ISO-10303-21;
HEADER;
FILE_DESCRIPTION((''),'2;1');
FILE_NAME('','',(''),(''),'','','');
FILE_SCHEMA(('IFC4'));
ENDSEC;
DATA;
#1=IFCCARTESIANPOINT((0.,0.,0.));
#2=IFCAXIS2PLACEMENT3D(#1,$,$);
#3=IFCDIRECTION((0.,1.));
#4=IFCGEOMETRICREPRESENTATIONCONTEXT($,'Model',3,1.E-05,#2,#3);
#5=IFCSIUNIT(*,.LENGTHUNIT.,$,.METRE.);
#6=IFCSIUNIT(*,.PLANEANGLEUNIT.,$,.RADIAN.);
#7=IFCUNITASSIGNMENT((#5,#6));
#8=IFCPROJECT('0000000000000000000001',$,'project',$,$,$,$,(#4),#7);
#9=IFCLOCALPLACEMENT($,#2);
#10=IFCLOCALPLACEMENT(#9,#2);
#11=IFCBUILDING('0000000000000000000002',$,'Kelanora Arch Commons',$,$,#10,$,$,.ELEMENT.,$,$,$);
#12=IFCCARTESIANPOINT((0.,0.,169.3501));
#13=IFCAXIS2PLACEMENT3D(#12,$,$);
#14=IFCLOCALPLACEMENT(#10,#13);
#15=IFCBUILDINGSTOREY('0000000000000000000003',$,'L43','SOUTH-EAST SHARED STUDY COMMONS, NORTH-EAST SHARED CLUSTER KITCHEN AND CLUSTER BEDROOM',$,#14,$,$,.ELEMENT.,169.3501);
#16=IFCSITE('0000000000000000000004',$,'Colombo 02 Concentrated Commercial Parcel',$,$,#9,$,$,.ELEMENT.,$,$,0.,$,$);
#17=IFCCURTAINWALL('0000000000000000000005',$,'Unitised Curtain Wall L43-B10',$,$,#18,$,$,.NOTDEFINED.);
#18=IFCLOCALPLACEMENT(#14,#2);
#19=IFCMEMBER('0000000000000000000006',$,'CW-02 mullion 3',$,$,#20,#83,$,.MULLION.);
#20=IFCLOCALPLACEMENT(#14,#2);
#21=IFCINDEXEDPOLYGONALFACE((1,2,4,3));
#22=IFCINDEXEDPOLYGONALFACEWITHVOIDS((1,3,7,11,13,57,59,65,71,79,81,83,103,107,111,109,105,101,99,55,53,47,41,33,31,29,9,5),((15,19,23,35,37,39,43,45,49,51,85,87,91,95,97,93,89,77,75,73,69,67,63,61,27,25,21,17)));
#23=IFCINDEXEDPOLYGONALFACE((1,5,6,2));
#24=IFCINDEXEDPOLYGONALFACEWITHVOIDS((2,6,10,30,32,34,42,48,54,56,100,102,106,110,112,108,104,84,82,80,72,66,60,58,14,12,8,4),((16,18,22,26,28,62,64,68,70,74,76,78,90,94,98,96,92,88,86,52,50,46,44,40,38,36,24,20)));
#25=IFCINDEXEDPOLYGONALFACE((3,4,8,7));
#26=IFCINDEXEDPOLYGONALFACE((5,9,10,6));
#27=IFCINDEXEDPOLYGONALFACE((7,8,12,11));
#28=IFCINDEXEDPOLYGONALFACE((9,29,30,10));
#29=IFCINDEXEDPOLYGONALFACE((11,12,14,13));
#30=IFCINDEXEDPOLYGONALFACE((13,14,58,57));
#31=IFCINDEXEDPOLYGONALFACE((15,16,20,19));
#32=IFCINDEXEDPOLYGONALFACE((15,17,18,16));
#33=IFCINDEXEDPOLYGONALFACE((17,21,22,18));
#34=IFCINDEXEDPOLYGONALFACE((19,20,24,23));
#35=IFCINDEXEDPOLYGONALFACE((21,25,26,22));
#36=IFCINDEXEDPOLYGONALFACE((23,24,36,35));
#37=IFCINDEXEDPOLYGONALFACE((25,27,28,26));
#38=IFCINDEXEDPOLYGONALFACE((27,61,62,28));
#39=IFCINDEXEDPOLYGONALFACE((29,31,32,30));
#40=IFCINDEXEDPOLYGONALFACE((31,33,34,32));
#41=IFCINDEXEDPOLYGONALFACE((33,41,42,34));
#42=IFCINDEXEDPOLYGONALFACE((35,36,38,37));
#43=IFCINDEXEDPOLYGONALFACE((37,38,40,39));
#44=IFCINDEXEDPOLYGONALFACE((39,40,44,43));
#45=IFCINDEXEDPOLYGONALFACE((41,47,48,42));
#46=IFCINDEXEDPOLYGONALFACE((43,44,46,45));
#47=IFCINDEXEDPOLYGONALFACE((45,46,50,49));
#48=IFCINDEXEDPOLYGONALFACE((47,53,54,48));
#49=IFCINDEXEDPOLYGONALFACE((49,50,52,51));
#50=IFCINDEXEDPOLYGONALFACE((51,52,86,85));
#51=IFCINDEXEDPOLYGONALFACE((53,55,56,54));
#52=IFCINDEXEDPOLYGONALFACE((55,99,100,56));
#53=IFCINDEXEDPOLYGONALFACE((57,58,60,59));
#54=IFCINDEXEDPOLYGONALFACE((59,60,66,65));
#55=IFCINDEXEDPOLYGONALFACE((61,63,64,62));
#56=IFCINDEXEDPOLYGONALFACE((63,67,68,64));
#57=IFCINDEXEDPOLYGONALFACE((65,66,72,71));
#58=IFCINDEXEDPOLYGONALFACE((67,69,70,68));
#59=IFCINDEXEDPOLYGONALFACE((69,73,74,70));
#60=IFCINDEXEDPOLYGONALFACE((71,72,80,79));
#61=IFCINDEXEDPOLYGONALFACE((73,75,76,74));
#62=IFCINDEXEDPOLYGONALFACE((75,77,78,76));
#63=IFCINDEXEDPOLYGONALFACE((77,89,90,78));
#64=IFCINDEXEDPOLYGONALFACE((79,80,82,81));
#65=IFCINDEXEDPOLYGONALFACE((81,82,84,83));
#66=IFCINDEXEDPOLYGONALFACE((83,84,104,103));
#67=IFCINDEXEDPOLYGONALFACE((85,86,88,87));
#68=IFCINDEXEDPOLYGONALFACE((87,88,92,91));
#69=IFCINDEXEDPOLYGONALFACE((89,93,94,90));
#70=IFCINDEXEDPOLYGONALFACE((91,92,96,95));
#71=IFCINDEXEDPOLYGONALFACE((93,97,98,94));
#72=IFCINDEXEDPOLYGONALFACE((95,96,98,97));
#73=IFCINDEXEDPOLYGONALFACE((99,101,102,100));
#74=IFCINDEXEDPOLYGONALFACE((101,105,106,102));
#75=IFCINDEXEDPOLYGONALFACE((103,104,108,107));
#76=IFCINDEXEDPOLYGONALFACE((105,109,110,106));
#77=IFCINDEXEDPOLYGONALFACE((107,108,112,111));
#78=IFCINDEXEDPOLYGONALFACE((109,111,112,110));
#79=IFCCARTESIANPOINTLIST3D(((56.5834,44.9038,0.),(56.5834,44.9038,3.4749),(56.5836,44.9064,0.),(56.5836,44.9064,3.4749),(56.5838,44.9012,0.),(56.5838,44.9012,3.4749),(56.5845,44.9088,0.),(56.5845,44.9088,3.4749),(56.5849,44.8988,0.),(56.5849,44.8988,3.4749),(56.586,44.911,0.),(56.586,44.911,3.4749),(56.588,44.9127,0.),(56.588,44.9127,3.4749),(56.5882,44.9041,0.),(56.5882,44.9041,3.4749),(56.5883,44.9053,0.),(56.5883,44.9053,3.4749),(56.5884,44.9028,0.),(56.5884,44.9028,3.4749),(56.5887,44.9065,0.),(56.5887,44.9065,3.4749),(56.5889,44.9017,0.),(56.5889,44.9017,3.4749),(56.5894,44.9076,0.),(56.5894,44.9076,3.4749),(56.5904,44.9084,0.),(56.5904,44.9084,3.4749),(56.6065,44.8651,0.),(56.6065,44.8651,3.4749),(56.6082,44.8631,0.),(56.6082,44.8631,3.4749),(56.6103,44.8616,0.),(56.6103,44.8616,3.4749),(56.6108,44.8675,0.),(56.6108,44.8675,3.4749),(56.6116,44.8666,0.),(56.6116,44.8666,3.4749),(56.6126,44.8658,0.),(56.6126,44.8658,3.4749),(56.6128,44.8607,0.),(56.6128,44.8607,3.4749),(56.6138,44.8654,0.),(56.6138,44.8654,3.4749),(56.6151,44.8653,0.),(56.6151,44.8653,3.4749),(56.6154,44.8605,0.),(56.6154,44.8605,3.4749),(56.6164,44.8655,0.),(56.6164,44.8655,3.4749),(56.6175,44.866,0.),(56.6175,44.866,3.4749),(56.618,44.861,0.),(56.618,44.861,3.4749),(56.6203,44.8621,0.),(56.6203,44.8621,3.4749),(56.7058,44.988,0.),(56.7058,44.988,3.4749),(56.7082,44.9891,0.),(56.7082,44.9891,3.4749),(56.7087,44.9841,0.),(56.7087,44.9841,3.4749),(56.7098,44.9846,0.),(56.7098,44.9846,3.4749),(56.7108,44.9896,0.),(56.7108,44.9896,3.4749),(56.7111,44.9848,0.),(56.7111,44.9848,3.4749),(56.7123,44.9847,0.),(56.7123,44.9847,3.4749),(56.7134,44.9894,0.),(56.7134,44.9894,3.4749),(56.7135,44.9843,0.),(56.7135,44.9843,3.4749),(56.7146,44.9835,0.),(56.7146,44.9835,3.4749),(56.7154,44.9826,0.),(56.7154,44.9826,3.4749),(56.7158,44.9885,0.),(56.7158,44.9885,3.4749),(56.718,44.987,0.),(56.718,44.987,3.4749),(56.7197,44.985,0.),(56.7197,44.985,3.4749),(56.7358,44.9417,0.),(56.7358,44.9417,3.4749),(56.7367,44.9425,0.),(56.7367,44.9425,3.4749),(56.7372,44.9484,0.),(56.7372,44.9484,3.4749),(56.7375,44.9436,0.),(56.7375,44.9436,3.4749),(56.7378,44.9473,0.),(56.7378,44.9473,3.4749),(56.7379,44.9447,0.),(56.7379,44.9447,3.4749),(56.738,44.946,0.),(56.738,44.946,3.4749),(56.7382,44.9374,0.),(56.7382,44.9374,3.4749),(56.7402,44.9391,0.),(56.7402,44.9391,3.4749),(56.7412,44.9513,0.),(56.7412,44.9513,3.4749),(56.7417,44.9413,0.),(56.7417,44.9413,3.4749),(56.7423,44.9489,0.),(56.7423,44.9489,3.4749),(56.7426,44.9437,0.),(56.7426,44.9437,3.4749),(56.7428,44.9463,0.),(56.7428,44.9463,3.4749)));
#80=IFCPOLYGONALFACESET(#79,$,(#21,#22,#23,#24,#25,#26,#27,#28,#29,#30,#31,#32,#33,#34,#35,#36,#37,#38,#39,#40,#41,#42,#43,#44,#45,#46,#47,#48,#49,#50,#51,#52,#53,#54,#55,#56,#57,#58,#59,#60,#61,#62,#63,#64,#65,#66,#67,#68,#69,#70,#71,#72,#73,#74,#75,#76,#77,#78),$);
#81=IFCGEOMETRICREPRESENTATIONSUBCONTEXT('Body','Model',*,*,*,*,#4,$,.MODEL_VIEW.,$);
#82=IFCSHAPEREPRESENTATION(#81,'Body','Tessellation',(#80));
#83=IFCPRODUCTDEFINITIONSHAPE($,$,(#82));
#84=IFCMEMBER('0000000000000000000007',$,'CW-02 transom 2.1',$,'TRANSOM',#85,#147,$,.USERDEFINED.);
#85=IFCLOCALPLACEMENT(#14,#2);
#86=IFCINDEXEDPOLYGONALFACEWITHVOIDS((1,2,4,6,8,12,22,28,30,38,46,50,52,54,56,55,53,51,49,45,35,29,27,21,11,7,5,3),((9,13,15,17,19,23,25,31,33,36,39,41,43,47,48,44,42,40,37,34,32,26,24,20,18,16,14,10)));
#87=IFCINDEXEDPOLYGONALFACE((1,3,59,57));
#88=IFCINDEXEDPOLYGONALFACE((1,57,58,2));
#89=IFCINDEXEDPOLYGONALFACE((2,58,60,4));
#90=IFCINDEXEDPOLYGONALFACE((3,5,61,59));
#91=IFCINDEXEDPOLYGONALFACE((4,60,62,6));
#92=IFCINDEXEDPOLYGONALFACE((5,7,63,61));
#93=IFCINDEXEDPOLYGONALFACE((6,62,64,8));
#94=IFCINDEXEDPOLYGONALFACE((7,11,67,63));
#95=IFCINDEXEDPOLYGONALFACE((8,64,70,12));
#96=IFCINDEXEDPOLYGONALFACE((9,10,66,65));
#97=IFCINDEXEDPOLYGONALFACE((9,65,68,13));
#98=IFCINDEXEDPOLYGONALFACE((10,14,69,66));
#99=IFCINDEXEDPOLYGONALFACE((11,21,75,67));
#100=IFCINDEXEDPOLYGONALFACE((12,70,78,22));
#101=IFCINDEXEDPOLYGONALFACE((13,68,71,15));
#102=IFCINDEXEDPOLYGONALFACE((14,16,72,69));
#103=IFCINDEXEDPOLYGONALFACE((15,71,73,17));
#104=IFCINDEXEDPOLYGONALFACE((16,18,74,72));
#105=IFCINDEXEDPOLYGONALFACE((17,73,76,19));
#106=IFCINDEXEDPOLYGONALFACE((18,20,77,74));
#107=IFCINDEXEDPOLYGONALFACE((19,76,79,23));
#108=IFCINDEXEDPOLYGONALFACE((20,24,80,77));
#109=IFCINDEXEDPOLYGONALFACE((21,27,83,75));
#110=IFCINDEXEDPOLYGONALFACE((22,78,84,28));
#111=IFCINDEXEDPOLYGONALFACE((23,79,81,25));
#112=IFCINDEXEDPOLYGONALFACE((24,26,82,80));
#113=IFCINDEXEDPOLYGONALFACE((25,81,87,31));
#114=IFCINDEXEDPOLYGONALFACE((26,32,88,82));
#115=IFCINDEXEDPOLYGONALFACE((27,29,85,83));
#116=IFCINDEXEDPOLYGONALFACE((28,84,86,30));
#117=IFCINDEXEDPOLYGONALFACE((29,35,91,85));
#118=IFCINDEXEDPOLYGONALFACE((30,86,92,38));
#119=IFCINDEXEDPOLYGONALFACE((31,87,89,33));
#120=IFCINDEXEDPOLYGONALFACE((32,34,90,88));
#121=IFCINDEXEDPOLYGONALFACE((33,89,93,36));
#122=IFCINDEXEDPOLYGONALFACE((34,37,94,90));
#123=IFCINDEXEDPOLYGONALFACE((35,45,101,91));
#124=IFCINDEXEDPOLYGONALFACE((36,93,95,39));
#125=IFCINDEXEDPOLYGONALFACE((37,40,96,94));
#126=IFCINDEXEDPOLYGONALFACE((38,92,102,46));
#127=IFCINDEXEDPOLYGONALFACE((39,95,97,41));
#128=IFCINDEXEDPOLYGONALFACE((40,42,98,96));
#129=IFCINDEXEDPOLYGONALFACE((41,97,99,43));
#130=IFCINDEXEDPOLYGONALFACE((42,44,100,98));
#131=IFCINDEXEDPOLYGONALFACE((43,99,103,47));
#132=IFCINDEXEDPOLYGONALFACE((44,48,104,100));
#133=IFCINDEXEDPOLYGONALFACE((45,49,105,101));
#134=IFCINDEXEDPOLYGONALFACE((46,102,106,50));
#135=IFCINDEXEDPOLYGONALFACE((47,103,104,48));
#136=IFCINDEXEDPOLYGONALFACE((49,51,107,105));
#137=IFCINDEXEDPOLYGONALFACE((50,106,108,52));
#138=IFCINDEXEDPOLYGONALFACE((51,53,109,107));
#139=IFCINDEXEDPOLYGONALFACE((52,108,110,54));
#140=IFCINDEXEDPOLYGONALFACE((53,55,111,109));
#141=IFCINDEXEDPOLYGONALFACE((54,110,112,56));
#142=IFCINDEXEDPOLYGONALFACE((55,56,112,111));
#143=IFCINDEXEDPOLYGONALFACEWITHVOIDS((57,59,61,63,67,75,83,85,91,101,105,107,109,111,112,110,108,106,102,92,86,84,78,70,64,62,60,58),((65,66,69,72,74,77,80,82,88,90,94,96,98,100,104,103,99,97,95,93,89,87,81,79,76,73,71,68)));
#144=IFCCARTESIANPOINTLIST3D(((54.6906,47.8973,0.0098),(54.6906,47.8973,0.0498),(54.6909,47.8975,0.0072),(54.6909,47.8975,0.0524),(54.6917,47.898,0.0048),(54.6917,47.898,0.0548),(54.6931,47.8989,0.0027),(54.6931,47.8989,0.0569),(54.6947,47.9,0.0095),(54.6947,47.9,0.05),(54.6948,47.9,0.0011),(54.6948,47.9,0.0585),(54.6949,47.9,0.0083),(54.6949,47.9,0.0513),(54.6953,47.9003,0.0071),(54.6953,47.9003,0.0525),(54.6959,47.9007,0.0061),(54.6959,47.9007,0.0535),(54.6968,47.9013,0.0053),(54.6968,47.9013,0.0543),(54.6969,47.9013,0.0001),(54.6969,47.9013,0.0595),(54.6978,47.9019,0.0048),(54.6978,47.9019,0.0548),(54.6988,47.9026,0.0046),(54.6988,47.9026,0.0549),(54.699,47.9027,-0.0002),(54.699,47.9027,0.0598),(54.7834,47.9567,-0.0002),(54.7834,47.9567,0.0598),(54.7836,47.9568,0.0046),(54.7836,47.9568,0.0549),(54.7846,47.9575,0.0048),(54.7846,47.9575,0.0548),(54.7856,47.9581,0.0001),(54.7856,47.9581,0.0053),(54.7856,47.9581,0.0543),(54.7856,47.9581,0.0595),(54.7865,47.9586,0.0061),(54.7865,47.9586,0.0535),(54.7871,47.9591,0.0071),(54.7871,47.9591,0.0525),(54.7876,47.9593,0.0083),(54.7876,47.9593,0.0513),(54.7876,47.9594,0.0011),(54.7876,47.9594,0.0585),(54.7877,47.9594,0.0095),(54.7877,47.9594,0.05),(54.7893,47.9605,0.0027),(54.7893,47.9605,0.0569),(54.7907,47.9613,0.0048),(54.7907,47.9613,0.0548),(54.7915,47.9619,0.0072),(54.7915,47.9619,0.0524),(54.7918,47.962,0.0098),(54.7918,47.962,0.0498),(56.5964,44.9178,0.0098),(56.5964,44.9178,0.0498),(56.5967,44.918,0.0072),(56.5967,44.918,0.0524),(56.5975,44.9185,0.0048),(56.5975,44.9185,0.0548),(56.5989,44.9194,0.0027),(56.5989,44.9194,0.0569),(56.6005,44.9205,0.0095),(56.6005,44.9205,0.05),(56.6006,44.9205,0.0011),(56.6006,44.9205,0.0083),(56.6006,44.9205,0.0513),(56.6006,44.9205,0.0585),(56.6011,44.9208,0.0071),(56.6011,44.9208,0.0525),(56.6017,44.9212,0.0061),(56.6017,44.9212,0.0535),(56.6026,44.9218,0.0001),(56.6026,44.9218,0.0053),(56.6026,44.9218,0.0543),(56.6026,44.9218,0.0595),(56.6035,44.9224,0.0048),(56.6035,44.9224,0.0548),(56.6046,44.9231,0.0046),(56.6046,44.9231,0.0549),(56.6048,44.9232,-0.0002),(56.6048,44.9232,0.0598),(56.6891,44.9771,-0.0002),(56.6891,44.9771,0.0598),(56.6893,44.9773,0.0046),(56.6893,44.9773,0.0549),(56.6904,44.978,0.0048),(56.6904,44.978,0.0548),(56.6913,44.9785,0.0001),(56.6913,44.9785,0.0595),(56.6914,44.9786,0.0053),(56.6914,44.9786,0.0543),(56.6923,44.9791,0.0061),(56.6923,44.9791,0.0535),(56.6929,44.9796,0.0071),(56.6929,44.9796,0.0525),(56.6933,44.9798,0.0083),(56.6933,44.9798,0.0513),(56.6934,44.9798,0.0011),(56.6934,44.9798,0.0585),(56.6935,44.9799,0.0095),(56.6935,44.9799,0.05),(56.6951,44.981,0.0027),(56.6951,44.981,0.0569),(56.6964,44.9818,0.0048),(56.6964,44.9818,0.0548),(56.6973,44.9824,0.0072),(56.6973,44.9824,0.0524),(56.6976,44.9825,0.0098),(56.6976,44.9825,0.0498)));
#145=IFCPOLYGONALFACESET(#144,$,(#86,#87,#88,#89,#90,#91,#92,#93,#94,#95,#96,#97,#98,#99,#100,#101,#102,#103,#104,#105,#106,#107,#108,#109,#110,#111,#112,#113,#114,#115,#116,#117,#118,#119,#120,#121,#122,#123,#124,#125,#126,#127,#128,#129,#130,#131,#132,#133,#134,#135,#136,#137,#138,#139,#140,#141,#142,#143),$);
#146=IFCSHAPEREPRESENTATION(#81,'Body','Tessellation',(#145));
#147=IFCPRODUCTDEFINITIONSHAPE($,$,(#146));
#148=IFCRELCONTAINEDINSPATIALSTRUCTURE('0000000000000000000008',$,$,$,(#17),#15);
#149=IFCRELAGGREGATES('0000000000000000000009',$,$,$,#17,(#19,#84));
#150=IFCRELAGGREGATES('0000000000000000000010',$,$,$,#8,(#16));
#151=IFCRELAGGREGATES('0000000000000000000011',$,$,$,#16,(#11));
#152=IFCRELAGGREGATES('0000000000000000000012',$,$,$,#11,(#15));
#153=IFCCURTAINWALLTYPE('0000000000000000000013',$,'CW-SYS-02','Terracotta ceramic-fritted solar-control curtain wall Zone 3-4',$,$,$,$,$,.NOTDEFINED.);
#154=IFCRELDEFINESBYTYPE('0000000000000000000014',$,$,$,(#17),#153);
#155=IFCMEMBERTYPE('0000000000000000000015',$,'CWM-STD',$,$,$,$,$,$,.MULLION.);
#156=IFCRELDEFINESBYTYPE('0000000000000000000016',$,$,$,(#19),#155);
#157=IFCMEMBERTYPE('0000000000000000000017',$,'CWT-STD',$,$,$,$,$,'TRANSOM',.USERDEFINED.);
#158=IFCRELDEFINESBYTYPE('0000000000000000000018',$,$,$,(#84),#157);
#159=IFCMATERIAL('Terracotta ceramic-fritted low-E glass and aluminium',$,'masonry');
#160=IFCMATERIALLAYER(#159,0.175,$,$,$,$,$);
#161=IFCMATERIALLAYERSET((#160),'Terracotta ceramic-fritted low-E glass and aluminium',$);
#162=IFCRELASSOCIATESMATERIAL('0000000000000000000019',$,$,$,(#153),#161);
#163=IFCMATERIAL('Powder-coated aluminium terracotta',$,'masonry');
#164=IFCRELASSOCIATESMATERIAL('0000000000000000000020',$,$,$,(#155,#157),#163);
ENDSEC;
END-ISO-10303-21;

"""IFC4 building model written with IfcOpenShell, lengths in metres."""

from ifc_helpers import new_model, si_unit, direction, frame, origin, origin_2d, place, context, subcontext, project, spatial, hollow_rectangle, extrude, material, layer, layer_set, material_profile, profile_set, type_object, element, aggregate, save


model = new_model("IFC4")

# Units and contexts
model_context = context("Model", 3, precision=1e-05, world=origin(), true_north=direction((0.0, 1.0)))
body_context = subcontext(model_context, "Body", "Model", "MODEL_VIEW")
ifc_project = project(units=[si_unit("LENGTHUNIT", "METRE"), si_unit("PLANEANGLEUNIT", "RADIAN")], contexts=[model_context])

# Site, building, storey
site_placement = place(None, origin())
site = spatial("IfcSite", under=ifc_project, at=site_placement, Name="Colombo 02 Concentrated Commercial Parcel", CompositionType="ELEMENT", RefElevation=0.0)
building_placement = place(site_placement, origin())
building = spatial("IfcBuilding", under=site, at=building_placement, Name="Kelanora Arch Commons", CompositionType="ELEMENT")
storey_placement = place(building_placement, frame((0.0, 0.0, 169.3501)))
storey = spatial("IfcBuildingStorey", under=building, at=storey_placement, Name="L43", Description="SOUTH-EAST SHARED STUDY COMMONS, NORTH-EAST SHARED CLUSTER KITCHEN AND CLUSTER BEDROOM", CompositionType="ELEMENT", Elevation=169.3501)

# Curtain wall, members
ifc_material_1 = material(Name="Terracotta ceramic-fritted low-E glass and aluminium", Category="masonry")
ifc_layer_1 = layer(ifc_material_1, 0.175)
ifc_layer_set_1 = layer_set([ifc_layer_1], Name="Terracotta ceramic-fritted low-E glass and aluminium")
curtain_wall_type = type_object("IfcCurtainWallType", Name="CW-SYS-02", Description="Terracotta ceramic-fritted solar-control curtain wall Zone 3-4", PredefinedType="NOTDEFINED", material=ifc_layer_set_1)
curtain_wall_placement = place(storey_placement, origin())
curtain_wall = element("IfcCurtainWall", 1, at=curtain_wall_placement, inside=storey, type_object=curtain_wall_type, Name="Unitised Curtain Wall L43-B10", PredefinedType="NOTDEFINED")
ifc_material_2 = material(Name="Powder-coated aluminium terracotta", Category="masonry")
ifc_material_profile_1 = material_profile(ifc_material_2, hollow_rectangle(XDim=0.1599, YDim=0.0601, WallThickness=0.0049, InnerFilletRadius=0.0049, OuterFilletRadius=0.01, at=origin_2d()), Name="CWM160x60")
ifc_profile_set_1 = profile_set([ifc_material_profile_1], Name="Powder-coated aluminium terracotta")
member_type_1 = type_object("IfcMemberType", Name="CWM-STD", PredefinedType="MULLION", material=ifc_profile_set_1)
member_1_placement = place(storey_placement, frame((56.6631, 44.925, 0.0), z_axis=(0.0, 0.0, 1.0), x_axis=(0.842423, 0.538817, 0.0)))
member_1 = element("IfcMember", 2, at=member_1_placement, type_object=member_type_1, Name="CW-02 mullion 3", PredefinedType="MULLION", context=body_context, shape_type="SweptSolid", body=[
    extrude(hollow_rectangle(XDim=0.1599, YDim=0.0601, WallThickness=0.0049, InnerFilletRadius=0.0049, OuterFilletRadius=0.01, at=origin_2d()), origin(), (0.0, 0.0, 1.0), 3.4749),
])
ifc_material_profile_2 = material_profile(ifc_material_2, hollow_rectangle(XDim=0.1201, YDim=0.0601, WallThickness=0.0049, InnerFilletRadius=0.0049, OuterFilletRadius=0.01, at=origin_2d()), Name="CWT120x60")
ifc_profile_set_2 = profile_set([ifc_material_profile_2], Name="Powder-coated aluminium terracotta")
member_type_2 = type_object("IfcMemberType", Name="CWT-STD", ElementType="TRANSOM", PredefinedType="USERDEFINED", material=ifc_profile_set_2)
member_2_placement = place(storey_placement, frame((54.7412, 47.9297, 0.0298), z_axis=(0.53883, -0.842414, 0.0), x_axis=(0.842414, 0.53883, 0.0)))
member_2 = element("IfcMember", 3, at=member_2_placement, type_object=member_type_2, Name="CW-02 transom 2.1", ObjectType="TRANSOM", PredefinedType="USERDEFINED", context=body_context, shape_type="SweptSolid", body=[
    extrude(hollow_rectangle(XDim=0.1201, YDim=0.0601, WallThickness=0.0049, InnerFilletRadius=0.0049, OuterFilletRadius=0.01, at=origin_2d()), origin(), (0.0, 0.0, 1.0), 3.5369),
])
aggregate(curtain_wall, [member_1, member_2])

save(model, "model.ifc")
